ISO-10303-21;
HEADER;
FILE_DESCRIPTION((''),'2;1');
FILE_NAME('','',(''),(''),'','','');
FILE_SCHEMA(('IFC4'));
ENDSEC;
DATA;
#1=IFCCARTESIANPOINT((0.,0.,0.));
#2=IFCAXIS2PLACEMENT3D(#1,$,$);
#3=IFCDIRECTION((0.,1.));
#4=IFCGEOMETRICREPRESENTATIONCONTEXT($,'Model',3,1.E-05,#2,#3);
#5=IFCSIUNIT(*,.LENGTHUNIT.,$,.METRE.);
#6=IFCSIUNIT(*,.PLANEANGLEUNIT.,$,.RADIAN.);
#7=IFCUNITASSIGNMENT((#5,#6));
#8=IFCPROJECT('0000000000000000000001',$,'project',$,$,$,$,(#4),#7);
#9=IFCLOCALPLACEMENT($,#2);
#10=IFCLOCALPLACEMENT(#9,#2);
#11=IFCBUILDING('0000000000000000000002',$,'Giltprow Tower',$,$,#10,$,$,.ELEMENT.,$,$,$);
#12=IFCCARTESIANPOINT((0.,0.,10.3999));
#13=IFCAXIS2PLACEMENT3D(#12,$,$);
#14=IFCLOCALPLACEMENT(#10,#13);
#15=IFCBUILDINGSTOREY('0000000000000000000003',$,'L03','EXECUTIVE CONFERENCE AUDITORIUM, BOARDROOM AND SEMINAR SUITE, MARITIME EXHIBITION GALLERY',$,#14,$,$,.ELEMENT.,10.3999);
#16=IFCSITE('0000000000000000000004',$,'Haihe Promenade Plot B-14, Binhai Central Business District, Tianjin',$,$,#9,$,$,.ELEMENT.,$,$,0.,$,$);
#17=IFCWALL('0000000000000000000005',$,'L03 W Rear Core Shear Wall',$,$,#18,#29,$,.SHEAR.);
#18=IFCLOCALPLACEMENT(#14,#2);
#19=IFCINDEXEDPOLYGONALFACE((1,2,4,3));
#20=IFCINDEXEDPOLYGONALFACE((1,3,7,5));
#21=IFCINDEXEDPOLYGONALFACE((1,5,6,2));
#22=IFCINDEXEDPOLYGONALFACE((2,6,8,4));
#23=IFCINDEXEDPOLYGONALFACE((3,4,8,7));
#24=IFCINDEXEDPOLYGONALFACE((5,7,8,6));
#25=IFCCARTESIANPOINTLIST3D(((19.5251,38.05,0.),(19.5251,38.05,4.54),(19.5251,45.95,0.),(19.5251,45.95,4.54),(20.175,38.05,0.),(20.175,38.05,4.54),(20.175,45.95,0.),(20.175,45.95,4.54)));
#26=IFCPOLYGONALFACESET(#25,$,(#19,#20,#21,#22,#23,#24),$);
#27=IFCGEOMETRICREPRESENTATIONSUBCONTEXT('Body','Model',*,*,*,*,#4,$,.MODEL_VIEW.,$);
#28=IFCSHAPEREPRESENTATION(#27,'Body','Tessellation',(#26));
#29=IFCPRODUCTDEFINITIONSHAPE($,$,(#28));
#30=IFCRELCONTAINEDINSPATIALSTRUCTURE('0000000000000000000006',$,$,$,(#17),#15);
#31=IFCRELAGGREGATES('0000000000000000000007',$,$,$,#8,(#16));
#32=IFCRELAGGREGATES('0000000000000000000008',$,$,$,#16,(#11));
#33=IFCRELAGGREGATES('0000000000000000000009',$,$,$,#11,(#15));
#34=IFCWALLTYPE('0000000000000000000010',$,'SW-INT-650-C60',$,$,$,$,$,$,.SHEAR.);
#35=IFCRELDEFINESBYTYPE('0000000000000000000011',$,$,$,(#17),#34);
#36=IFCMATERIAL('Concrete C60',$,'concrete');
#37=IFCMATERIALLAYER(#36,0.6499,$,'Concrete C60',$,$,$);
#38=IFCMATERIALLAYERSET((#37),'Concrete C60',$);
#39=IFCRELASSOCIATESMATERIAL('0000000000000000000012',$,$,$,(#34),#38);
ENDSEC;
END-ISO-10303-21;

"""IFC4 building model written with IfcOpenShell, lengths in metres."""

from ifc_helpers import new_model, si_unit, direction, frame, frame_2d, origin, place, context, subcontext, project, spatial, rectangle, extrude, material, layer, layer_set, type_object, element, save


model = new_model("IFC4")

# Units and contexts
model_context = context("Model", 3, precision=1e-05, world=origin(), true_north=direction((0.0, 1.0)))
body_context = subcontext(model_context, "Body", "Model", "MODEL_VIEW")
ifc_project = project(units=[si_unit("LENGTHUNIT", "METRE"), si_unit("PLANEANGLEUNIT", "RADIAN")], contexts=[model_context])

# Site, building, storey
site_placement = place(None, origin())
site = spatial("IfcSite", under=ifc_project, at=site_placement, Name="Haihe Promenade Plot B-14, Binhai Central Business District, Tianjin", CompositionType="ELEMENT", RefElevation=0.0)
building_placement = place(site_placement, origin())
building = spatial("IfcBuilding", under=site, at=building_placement, Name="Giltprow Tower", CompositionType="ELEMENT")
storey_placement = place(building_placement, frame((0.0, 0.0, 10.3999)))
storey = spatial("IfcBuildingStorey", under=building, at=storey_placement, Name="L03", Description="EXECUTIVE CONFERENCE AUDITORIUM, BOARDROOM AND SEMINAR SUITE, MARITIME EXHIBITION GALLERY", CompositionType="ELEMENT", Elevation=10.3999)

# Shared definitions
ifc_material_1 = material(Name="Concrete C60", Category="concrete")

# Shared definitions
ifc_layer_1 = layer(ifc_material_1, 0.6499, Name="Concrete C60")
ifc_layer_set_1 = layer_set([ifc_layer_1], Name="Concrete C60")
wall_type_1 = type_object("IfcWallType", Name="SW-INT-650-C60", PredefinedType="SHEAR", material=ifc_layer_set_1)

# Wall
wall_1_placement = place(storey_placement, frame((19.8501, 38.05, 0.0), z_axis=(0.0, 0.0, 1.0), x_axis=(0.0, 1.0, 0.0)))
element("IfcWall", 1, at=wall_1_placement, inside=storey, type_object=wall_type_1, Name="L03 W Rear Core Shear Wall", PredefinedType="SHEAR", context=body_context, shape_type="SweptSolid", body=[
    extrude(rectangle(XDim=7.8999, YDim=0.6499, at=frame_2d((3.95, 0.0))), origin(), (0.0, 0.0, 1.0), 4.54),
])

save(model, "model.ifc")
